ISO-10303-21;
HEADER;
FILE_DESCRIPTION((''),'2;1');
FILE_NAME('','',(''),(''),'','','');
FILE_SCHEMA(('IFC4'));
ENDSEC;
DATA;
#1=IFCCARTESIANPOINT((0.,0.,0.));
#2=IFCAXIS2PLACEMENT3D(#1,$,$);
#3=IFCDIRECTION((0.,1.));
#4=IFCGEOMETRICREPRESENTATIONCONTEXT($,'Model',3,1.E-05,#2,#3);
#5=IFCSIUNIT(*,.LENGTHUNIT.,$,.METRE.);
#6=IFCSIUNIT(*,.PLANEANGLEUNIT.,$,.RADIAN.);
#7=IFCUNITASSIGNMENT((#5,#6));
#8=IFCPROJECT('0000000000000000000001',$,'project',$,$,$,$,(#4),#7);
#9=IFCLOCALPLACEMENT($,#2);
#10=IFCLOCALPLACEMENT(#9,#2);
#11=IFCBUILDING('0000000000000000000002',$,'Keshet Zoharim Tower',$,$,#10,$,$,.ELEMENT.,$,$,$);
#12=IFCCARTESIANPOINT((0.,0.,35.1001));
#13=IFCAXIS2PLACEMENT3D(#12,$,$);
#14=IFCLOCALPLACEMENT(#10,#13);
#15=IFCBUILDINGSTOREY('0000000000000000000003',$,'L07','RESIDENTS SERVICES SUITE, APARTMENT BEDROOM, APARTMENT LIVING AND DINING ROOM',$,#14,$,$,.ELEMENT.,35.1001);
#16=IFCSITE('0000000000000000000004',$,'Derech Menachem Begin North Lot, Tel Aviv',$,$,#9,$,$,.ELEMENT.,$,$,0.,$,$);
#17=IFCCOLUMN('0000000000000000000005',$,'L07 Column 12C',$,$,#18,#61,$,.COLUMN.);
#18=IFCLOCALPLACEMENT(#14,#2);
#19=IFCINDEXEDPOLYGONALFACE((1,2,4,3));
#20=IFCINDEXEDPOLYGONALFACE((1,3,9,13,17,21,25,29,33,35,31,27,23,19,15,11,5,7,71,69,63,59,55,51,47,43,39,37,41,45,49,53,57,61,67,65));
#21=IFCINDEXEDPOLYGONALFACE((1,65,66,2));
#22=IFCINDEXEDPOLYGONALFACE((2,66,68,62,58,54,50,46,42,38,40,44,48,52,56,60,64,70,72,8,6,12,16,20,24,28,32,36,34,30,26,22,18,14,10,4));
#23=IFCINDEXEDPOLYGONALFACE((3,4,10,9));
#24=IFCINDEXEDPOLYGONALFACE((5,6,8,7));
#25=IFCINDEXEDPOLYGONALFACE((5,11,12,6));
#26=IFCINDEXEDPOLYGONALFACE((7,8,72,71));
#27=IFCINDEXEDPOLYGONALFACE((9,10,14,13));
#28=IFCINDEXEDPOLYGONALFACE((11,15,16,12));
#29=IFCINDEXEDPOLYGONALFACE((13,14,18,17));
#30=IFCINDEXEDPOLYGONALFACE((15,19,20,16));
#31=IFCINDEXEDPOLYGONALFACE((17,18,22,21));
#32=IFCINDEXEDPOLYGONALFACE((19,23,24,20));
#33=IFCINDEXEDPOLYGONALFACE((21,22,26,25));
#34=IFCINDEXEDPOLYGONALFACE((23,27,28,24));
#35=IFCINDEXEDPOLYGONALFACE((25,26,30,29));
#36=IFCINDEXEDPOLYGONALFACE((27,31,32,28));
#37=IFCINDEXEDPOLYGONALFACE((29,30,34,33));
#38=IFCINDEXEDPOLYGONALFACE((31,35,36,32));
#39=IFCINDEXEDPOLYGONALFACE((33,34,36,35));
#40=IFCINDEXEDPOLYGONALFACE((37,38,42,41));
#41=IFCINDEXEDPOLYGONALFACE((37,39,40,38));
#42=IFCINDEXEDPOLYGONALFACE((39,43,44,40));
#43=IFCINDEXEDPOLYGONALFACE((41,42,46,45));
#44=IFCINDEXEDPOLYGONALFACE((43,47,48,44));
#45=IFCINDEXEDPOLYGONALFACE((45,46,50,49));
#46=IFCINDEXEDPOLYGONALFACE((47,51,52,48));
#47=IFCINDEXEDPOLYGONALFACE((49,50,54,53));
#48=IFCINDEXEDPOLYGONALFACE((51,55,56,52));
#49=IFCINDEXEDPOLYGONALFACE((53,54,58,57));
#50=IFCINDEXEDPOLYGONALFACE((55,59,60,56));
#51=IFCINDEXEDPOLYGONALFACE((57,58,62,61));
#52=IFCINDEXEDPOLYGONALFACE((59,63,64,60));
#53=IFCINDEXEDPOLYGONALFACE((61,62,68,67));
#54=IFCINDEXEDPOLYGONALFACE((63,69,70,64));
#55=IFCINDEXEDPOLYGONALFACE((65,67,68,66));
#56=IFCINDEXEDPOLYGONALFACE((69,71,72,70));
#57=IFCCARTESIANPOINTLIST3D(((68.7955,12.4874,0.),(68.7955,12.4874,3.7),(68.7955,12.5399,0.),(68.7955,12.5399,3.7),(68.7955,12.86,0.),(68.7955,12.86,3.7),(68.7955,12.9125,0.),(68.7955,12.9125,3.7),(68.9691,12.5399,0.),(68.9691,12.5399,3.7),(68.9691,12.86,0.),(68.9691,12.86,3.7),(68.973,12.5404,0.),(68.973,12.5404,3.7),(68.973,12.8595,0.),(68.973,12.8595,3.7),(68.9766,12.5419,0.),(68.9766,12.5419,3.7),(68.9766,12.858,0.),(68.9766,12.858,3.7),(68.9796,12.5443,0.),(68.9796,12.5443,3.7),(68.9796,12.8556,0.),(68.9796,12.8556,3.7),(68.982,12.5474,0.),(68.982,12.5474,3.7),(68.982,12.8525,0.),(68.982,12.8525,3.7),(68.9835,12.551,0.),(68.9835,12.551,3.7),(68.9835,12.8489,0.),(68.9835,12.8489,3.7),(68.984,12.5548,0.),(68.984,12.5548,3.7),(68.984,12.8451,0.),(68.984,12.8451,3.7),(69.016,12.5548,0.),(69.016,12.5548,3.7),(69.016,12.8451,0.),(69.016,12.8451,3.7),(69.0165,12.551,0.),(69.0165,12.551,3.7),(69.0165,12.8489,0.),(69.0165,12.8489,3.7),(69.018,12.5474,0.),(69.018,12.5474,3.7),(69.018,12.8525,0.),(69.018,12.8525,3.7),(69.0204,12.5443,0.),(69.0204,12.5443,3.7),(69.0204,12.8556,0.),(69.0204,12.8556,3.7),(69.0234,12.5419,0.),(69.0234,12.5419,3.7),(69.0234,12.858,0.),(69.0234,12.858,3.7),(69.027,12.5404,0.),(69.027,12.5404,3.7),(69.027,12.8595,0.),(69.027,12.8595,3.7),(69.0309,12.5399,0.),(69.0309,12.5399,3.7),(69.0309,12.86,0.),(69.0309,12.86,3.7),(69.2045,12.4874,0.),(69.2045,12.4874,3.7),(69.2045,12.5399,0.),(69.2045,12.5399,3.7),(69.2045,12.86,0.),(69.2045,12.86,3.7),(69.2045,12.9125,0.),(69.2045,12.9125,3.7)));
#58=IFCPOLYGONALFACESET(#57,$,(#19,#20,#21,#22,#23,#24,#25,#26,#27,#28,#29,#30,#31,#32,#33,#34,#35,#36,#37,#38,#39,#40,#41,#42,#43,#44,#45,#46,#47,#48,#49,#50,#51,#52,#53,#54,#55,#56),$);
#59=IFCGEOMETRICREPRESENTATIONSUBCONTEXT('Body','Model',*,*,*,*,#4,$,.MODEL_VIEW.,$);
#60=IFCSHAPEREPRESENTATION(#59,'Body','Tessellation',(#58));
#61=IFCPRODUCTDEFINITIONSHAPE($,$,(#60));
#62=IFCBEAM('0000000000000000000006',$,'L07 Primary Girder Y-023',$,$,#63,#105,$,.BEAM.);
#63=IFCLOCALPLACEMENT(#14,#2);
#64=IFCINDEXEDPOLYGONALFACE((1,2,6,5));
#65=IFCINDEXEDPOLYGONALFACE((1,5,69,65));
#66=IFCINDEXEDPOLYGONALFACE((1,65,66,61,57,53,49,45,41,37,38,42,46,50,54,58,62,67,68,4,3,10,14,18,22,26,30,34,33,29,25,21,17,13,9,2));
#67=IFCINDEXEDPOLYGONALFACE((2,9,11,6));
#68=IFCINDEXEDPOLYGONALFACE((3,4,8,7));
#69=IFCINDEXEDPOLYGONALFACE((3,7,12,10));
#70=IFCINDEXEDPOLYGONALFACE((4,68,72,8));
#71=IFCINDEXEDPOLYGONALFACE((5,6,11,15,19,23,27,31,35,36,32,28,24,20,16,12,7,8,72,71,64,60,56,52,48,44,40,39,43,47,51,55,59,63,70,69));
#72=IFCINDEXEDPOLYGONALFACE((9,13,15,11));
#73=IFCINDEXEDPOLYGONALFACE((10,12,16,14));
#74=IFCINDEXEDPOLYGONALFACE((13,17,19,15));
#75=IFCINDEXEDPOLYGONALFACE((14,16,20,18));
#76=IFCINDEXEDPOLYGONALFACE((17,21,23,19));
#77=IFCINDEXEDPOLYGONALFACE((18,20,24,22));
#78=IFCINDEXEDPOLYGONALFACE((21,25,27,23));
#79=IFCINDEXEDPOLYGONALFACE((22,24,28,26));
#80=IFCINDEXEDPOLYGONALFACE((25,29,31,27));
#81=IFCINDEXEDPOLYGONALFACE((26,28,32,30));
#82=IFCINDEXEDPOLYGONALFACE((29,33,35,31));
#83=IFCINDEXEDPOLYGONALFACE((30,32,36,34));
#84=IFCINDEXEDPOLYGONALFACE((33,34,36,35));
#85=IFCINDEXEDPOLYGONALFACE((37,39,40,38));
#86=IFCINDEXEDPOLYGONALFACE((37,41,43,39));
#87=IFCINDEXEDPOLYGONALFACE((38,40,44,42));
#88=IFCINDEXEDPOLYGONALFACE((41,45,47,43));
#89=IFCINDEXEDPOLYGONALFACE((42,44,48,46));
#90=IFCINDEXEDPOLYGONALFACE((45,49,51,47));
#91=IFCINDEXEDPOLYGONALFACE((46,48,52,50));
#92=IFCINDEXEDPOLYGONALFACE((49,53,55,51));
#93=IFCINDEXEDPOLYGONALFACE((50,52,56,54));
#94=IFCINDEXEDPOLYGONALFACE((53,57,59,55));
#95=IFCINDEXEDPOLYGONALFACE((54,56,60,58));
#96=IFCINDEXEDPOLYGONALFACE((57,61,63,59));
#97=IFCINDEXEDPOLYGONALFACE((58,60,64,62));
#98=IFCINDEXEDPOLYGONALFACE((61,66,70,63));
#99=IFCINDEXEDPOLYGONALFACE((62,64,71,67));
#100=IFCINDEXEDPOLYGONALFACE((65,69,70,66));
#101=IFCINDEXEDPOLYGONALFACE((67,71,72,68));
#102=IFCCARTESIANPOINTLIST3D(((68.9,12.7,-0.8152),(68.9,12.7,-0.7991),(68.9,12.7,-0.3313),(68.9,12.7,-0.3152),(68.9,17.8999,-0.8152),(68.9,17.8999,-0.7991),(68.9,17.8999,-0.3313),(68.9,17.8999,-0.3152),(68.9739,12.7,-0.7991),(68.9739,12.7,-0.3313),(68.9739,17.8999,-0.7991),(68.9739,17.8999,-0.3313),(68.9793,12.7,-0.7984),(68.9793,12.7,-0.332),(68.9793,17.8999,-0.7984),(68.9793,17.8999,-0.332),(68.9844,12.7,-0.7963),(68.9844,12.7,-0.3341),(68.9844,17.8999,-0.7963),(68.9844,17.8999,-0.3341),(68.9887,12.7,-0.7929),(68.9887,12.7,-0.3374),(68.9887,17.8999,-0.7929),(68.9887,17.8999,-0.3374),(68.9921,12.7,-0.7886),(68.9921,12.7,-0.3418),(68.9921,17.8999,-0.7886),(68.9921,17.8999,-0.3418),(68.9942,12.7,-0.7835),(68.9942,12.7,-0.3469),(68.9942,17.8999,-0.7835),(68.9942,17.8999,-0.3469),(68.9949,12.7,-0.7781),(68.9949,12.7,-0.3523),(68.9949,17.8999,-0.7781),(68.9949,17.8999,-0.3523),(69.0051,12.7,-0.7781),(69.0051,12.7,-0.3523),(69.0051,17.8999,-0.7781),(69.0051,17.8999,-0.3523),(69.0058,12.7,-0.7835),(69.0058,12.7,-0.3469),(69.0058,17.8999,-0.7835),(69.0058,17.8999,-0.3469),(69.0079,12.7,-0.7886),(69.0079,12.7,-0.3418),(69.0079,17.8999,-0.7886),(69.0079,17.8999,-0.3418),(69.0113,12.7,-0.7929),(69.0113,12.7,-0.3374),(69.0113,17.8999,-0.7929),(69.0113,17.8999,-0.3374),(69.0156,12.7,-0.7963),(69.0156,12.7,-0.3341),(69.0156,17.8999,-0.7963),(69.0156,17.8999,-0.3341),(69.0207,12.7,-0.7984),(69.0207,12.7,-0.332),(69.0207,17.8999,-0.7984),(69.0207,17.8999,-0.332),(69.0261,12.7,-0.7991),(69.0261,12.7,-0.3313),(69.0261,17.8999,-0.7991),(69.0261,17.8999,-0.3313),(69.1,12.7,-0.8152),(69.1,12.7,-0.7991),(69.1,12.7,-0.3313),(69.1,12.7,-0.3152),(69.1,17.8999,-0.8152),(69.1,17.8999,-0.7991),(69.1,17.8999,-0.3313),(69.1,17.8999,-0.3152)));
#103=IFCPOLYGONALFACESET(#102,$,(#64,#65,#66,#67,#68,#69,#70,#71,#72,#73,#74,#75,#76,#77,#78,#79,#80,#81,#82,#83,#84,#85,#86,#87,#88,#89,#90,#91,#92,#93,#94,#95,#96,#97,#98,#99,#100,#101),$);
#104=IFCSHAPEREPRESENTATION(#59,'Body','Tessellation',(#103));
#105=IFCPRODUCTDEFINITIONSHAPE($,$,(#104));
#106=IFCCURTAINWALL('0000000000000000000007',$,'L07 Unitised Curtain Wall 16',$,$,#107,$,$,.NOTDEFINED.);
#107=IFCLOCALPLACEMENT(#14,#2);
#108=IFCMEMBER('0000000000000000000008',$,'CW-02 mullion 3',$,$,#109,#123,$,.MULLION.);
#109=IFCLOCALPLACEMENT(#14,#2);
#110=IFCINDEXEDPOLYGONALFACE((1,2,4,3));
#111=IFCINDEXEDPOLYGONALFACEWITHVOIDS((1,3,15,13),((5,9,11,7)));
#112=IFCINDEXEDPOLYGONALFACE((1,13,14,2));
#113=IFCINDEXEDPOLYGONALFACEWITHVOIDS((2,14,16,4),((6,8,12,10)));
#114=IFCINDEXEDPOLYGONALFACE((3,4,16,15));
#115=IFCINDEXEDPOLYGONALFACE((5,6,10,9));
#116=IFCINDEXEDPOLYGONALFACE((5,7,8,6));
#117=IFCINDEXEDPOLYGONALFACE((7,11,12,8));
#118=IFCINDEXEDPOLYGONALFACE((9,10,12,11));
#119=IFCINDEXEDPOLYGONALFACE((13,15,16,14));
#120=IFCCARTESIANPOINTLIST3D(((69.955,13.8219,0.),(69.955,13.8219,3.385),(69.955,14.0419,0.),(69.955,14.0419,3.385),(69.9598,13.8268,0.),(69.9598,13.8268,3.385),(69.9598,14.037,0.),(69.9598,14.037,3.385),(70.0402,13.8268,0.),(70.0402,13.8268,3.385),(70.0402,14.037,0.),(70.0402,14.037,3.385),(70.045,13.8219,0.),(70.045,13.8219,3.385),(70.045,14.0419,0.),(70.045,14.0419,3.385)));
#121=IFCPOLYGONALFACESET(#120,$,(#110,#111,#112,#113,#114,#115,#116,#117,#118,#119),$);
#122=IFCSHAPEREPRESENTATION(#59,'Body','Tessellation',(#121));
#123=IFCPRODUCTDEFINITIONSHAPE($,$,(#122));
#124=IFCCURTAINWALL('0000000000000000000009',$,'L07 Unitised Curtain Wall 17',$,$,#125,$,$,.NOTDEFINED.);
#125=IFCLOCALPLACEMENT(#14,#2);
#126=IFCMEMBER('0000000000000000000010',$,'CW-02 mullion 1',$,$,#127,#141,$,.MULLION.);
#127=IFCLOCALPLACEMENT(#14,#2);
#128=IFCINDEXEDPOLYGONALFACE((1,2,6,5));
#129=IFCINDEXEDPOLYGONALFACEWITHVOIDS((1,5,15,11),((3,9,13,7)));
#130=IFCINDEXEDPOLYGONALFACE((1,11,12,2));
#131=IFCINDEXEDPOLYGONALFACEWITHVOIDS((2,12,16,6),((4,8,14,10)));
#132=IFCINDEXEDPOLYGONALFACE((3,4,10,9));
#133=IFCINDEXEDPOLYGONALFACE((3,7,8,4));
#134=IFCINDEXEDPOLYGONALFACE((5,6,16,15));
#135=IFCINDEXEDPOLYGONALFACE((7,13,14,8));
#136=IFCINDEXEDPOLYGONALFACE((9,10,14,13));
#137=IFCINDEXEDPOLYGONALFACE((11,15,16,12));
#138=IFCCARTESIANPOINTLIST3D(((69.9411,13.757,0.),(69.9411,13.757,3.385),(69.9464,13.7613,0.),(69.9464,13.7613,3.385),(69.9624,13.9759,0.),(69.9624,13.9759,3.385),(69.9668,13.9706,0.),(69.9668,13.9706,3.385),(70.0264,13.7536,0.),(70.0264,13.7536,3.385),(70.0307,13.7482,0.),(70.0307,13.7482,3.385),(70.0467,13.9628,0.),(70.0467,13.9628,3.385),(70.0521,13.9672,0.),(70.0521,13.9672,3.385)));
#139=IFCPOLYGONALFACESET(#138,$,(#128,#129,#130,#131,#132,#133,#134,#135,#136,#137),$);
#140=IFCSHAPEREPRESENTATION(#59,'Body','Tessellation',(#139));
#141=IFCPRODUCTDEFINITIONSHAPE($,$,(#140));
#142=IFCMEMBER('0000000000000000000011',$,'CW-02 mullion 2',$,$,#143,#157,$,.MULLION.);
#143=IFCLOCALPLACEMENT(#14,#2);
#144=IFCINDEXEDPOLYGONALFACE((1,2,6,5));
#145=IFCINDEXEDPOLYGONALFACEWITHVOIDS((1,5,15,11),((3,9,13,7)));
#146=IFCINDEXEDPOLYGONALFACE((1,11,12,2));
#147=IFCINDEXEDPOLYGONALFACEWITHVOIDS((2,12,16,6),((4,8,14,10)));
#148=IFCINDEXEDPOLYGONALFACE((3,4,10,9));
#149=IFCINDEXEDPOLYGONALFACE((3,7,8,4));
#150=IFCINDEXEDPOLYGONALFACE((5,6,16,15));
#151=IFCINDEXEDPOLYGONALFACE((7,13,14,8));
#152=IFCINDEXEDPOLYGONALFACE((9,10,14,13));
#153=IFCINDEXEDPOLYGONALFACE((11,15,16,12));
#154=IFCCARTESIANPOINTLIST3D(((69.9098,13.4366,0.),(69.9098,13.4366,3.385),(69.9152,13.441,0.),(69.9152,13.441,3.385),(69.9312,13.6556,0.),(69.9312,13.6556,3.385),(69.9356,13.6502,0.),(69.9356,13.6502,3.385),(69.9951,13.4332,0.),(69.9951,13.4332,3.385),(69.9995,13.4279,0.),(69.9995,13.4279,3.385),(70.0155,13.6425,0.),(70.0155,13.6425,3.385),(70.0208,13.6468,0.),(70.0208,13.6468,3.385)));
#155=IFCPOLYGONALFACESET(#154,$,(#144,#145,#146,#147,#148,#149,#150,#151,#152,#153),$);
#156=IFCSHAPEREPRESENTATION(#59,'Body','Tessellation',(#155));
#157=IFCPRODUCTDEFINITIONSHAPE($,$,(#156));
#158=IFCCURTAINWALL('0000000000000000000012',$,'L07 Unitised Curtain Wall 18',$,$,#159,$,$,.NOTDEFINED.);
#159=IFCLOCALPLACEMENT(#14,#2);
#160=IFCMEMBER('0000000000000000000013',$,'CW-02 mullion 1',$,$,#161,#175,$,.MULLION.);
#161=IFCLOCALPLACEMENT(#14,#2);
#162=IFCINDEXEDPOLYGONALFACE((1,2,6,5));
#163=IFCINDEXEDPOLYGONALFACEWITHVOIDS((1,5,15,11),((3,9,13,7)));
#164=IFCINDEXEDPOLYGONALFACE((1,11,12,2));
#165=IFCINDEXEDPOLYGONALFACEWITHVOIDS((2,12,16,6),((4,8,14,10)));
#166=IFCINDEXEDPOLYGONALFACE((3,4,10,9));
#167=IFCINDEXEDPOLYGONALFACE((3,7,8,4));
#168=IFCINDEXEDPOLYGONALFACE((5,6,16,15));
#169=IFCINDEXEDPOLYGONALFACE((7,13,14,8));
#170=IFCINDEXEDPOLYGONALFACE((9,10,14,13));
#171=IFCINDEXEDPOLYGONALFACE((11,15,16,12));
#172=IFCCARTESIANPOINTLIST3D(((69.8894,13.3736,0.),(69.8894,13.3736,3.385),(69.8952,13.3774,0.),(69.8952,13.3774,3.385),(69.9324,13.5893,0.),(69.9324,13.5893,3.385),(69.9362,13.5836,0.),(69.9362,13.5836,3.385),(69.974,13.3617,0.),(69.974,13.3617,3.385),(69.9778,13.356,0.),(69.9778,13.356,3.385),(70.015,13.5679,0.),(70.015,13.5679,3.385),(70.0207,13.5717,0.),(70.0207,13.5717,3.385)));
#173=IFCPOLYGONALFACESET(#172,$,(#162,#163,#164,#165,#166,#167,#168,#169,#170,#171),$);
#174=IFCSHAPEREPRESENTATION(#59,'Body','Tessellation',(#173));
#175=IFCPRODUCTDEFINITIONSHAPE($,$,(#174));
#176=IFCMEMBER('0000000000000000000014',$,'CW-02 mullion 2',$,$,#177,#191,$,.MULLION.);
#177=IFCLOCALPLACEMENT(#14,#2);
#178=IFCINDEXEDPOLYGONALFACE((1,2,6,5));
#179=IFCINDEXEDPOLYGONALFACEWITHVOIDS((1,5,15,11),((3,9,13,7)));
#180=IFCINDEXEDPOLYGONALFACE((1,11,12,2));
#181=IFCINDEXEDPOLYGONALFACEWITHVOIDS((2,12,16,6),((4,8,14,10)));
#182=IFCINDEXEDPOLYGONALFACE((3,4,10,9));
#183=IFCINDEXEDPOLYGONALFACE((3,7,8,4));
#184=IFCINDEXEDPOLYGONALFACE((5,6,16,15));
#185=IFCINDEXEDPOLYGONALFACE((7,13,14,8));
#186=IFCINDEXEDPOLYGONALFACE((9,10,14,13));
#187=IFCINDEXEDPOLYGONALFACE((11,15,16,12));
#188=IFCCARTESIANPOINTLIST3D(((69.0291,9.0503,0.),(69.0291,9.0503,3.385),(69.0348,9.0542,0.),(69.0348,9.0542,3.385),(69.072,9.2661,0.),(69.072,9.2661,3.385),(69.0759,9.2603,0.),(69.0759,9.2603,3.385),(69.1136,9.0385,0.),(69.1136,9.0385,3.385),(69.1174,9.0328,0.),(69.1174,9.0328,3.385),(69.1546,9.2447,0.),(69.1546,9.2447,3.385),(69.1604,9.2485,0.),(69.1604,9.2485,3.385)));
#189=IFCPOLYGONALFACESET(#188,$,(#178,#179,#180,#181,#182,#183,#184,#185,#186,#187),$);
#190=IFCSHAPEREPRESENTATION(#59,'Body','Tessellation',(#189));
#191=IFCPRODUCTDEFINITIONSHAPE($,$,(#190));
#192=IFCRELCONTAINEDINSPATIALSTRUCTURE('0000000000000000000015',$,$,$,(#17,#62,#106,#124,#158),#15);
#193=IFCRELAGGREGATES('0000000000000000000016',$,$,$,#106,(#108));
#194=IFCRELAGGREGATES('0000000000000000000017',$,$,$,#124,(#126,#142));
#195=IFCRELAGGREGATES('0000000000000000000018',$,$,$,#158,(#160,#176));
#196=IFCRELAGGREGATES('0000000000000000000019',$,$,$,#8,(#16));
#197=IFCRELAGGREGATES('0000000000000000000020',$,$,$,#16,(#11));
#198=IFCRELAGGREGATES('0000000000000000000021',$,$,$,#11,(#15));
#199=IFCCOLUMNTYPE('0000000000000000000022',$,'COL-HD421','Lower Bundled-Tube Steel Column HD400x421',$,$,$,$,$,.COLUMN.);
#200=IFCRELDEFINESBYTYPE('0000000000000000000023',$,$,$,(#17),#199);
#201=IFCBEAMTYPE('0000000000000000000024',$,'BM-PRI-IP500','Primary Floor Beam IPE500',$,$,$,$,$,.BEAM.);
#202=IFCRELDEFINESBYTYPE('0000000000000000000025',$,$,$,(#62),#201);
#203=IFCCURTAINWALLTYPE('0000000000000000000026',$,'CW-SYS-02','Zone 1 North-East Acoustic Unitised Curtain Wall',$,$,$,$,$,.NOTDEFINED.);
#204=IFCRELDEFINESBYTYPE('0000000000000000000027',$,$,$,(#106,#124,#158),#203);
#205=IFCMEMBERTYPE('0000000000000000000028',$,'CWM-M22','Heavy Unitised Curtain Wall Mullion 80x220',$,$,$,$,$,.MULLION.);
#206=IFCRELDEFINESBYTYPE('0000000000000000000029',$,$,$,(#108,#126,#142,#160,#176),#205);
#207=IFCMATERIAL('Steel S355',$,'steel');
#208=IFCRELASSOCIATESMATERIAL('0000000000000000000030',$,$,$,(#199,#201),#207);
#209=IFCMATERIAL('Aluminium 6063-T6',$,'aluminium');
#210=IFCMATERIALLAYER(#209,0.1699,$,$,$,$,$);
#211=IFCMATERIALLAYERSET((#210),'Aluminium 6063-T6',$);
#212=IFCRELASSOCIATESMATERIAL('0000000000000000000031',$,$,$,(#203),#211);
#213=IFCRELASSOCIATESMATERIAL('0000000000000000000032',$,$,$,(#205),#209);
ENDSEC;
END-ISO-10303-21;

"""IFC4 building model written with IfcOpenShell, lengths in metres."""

from ifc_helpers import new_model, si_unit, direction, frame, origin, origin_2d, place, context, subcontext, project, spatial, hollow_rectangle, i_section, extrude, material, layer, layer_set, material_profile, profile_set, type_object, element, aggregate, save


model = new_model("IFC4")

# Units and contexts
model_context = context("Model", 3, precision=1e-05, world=origin(), true_north=direction((0.0, 1.0)))
body_context = subcontext(model_context, "Body", "Model", "MODEL_VIEW")
ifc_project = project(units=[si_unit("LENGTHUNIT", "METRE"), si_unit("PLANEANGLEUNIT", "RADIAN")], contexts=[model_context])

# Site, building, storey
site_placement = place(None, origin())
site = spatial("IfcSite", under=ifc_project, at=site_placement, Name="Derech Menachem Begin North Lot, Tel Aviv", CompositionType="ELEMENT", RefElevation=0.0)
building_placement = place(site_placement, origin())
building = spatial("IfcBuilding", under=site, at=building_placement, Name="Keshet Zoharim Tower", CompositionType="ELEMENT")
storey_placement = place(building_placement, frame((0.0, 0.0, 35.1001)))
storey = spatial("IfcBuildingStorey", under=building, at=storey_placement, Name="L07", Description="RESIDENTS SERVICES SUITE, APARTMENT BEDROOM, APARTMENT LIVING AND DINING ROOM", CompositionType="ELEMENT", Elevation=35.1001)

# Column
ifc_material_1 = material(Name="Steel S355", Category="steel")
ifc_material_profile_1 = material_profile(ifc_material_1, i_section(OverallWidth=0.4089, OverallDepth=0.425, WebThickness=0.032, FlangeThickness=0.0525, FilletRadius=0.0149, at=origin_2d()), Name="HD400x421")
ifc_profile_set_1 = profile_set([ifc_material_profile_1], Name="Steel S355")
column_type = type_object("IfcColumnType", Name="COL-HD421", Description="Lower Bundled-Tube Steel Column HD400x421", PredefinedType="COLUMN", material=ifc_profile_set_1)
column_placement = place(storey_placement, frame((69.0, 12.7, 0.0), z_axis=(0.0, 0.0, 1.0), x_axis=(1.0, 0.0, 0.0)))
element("IfcColumn", 1, at=column_placement, inside=storey, type_object=column_type, Name="L07 Column 12C", PredefinedType="COLUMN", context=body_context, shape_type="SweptSolid", body=[
    extrude(i_section(OverallWidth=0.4089, OverallDepth=0.425, WebThickness=0.032, FlangeThickness=0.0525, FilletRadius=0.0149, at=origin_2d()), origin(), (0.0, 0.0, 1.0), 3.7),
])

# Beam
ifc_material_profile_2 = material_profile(ifc_material_1, i_section(OverallWidth=0.2, OverallDepth=0.5, WebThickness=0.0103, FlangeThickness=0.0161, FilletRadius=0.021, at=origin_2d()), Name="IPE500")
ifc_profile_set_2 = profile_set([ifc_material_profile_2], Name="Steel S355")
beam_type = type_object("IfcBeamType", Name="BM-PRI-IP500", Description="Primary Floor Beam IPE500", PredefinedType="BEAM", material=ifc_profile_set_2)
beam_placement = place(storey_placement, frame((69.0, 12.7, -0.5652), z_axis=(0.0, 1.0, 0.0), x_axis=(-1.0, 0.0, 0.0)))
element("IfcBeam", 2, at=beam_placement, inside=storey, type_object=beam_type, Name="L07 Primary Girder Y-023", PredefinedType="BEAM", context=body_context, shape_type="SweptSolid", body=[
    extrude(i_section(OverallWidth=0.2, OverallDepth=0.5, WebThickness=0.0103, FlangeThickness=0.0161, FilletRadius=0.021, at=origin_2d()), origin(), (0.0, 0.0, 1.0), 5.2),
])

# Curtain wall, member
ifc_material_2 = material(Name="Aluminium 6063-T6", Category="aluminium")
ifc_layer_1 = layer(ifc_material_2, 0.1699)
ifc_layer_set_1 = layer_set([ifc_layer_1], Name="Aluminium 6063-T6")
curtain_wall_type_1 = type_object("IfcCurtainWallType", Name="CW-SYS-02", Description="Zone 1 North-East Acoustic Unitised Curtain Wall", PredefinedType="NOTDEFINED", material=ifc_layer_set_1)
curtain_wall_1_placement = place(storey_placement, origin())
curtain_wall_1 = element("IfcCurtainWall", 3, at=curtain_wall_1_placement, inside=storey, type_object=curtain_wall_type_1, Name="L07 Unitised Curtain Wall 16", PredefinedType="NOTDEFINED")
ifc_material_profile_3 = material_profile(ifc_material_2, hollow_rectangle(XDim=0.0901, YDim=0.22, WallThickness=0.0049, at=origin_2d()), Name="MUL-90x220")
ifc_profile_set_3 = profile_set([ifc_material_profile_3], Name="Aluminium 6063-T6")
member_type_1 = type_object("IfcMemberType", Name="CWM-M22", Description="Heavy Unitised Curtain Wall Mullion 80x220", PredefinedType="MULLION", material=ifc_profile_set_3)
member_1_placement = place(storey_placement, frame((70.0, 13.9319, 0.0), z_axis=(0.0, 0.0, 1.0), x_axis=(1.0, 0.0, 0.0)))
member_1 = element("IfcMember", 4, at=member_1_placement, type_object=member_type_1, Name="CW-02 mullion 3", PredefinedType="MULLION", context=body_context, shape_type="SweptSolid", body=[
    extrude(hollow_rectangle(XDim=0.0901, YDim=0.22, WallThickness=0.0049, at=origin_2d()), origin(), (0.0, 0.0, 1.0), 3.385),
])
aggregate(curtain_wall_1, [member_1])

# Curtain walls, members
curtain_wall_2_placement = place(storey_placement, origin())
curtain_wall_2 = element("IfcCurtainWall", 5, at=curtain_wall_2_placement, inside=storey, type_object=curtain_wall_type_1, Name="L07 Unitised Curtain Wall 17", PredefinedType="NOTDEFINED")
member_2_placement = place(storey_placement, frame((69.9966, 13.8621, 0.0), z_axis=(0.0, 0.0, 1.0), x_axis=(0.995287, -0.096977, 0.0)))
member_2 = element("IfcMember", 6, at=member_2_placement, type_object=member_type_1, Name="CW-02 mullion 1", PredefinedType="MULLION", context=body_context, shape_type="SweptSolid", body=[
    extrude(hollow_rectangle(XDim=0.0901, YDim=0.22, WallThickness=0.0049, at=origin_2d()), origin(), (0.0, 0.0, 1.0), 3.385),
])
member_3_placement = place(storey_placement, frame((69.9653, 13.5417, 0.0), z_axis=(0.0, 0.0, 1.0), x_axis=(0.995287, -0.096977, 0.0)))
member_3 = element("IfcMember", 7, at=member_3_placement, type_object=member_type_1, Name="CW-02 mullion 2", PredefinedType="MULLION", context=body_context, shape_type="SweptSolid", body=[
    extrude(hollow_rectangle(XDim=0.0901, YDim=0.22, WallThickness=0.0049, at=origin_2d()), origin(), (0.0, 0.0, 1.0), 3.385),
])
curtain_wall_3_placement = place(storey_placement, origin())
curtain_wall_3 = element("IfcCurtainWall", 8, at=curtain_wall_3_placement, inside=storey, type_object=curtain_wall_type_1, Name="L07 Unitised Curtain Wall 18", PredefinedType="NOTDEFINED")
member_4_placement = place(storey_placement, frame((69.9551, 13.4727, 0.0), z_axis=(0.0, 0.0, 1.0), x_axis=(0.980769, -0.195171, 0.0)))
member_4 = element("IfcMember", 9, at=member_4_placement, type_object=member_type_1, Name="CW-02 mullion 1", PredefinedType="MULLION", context=body_context, shape_type="SweptSolid", body=[
    extrude(hollow_rectangle(XDim=0.0901, YDim=0.22, WallThickness=0.0049, at=origin_2d()), origin(), (0.0, 0.0, 1.0), 3.385),
])
member_5_placement = place(storey_placement, frame((69.0947, 9.1494, 0.0), z_axis=(0.0, 0.0, 1.0), x_axis=(0.980769, -0.195171, 0.0)))
member_5 = element("IfcMember", 10, at=member_5_placement, type_object=member_type_1, Name="CW-02 mullion 2", PredefinedType="MULLION", context=body_context, shape_type="SweptSolid", body=[
    extrude(hollow_rectangle(XDim=0.0901, YDim=0.22, WallThickness=0.0049, at=origin_2d()), origin(), (0.0, 0.0, 1.0), 3.385),
])

aggregate(curtain_wall_2, [member_2, member_3])
aggregate(curtain_wall_3, [member_4, member_5])

save(model, "model.ifc")
